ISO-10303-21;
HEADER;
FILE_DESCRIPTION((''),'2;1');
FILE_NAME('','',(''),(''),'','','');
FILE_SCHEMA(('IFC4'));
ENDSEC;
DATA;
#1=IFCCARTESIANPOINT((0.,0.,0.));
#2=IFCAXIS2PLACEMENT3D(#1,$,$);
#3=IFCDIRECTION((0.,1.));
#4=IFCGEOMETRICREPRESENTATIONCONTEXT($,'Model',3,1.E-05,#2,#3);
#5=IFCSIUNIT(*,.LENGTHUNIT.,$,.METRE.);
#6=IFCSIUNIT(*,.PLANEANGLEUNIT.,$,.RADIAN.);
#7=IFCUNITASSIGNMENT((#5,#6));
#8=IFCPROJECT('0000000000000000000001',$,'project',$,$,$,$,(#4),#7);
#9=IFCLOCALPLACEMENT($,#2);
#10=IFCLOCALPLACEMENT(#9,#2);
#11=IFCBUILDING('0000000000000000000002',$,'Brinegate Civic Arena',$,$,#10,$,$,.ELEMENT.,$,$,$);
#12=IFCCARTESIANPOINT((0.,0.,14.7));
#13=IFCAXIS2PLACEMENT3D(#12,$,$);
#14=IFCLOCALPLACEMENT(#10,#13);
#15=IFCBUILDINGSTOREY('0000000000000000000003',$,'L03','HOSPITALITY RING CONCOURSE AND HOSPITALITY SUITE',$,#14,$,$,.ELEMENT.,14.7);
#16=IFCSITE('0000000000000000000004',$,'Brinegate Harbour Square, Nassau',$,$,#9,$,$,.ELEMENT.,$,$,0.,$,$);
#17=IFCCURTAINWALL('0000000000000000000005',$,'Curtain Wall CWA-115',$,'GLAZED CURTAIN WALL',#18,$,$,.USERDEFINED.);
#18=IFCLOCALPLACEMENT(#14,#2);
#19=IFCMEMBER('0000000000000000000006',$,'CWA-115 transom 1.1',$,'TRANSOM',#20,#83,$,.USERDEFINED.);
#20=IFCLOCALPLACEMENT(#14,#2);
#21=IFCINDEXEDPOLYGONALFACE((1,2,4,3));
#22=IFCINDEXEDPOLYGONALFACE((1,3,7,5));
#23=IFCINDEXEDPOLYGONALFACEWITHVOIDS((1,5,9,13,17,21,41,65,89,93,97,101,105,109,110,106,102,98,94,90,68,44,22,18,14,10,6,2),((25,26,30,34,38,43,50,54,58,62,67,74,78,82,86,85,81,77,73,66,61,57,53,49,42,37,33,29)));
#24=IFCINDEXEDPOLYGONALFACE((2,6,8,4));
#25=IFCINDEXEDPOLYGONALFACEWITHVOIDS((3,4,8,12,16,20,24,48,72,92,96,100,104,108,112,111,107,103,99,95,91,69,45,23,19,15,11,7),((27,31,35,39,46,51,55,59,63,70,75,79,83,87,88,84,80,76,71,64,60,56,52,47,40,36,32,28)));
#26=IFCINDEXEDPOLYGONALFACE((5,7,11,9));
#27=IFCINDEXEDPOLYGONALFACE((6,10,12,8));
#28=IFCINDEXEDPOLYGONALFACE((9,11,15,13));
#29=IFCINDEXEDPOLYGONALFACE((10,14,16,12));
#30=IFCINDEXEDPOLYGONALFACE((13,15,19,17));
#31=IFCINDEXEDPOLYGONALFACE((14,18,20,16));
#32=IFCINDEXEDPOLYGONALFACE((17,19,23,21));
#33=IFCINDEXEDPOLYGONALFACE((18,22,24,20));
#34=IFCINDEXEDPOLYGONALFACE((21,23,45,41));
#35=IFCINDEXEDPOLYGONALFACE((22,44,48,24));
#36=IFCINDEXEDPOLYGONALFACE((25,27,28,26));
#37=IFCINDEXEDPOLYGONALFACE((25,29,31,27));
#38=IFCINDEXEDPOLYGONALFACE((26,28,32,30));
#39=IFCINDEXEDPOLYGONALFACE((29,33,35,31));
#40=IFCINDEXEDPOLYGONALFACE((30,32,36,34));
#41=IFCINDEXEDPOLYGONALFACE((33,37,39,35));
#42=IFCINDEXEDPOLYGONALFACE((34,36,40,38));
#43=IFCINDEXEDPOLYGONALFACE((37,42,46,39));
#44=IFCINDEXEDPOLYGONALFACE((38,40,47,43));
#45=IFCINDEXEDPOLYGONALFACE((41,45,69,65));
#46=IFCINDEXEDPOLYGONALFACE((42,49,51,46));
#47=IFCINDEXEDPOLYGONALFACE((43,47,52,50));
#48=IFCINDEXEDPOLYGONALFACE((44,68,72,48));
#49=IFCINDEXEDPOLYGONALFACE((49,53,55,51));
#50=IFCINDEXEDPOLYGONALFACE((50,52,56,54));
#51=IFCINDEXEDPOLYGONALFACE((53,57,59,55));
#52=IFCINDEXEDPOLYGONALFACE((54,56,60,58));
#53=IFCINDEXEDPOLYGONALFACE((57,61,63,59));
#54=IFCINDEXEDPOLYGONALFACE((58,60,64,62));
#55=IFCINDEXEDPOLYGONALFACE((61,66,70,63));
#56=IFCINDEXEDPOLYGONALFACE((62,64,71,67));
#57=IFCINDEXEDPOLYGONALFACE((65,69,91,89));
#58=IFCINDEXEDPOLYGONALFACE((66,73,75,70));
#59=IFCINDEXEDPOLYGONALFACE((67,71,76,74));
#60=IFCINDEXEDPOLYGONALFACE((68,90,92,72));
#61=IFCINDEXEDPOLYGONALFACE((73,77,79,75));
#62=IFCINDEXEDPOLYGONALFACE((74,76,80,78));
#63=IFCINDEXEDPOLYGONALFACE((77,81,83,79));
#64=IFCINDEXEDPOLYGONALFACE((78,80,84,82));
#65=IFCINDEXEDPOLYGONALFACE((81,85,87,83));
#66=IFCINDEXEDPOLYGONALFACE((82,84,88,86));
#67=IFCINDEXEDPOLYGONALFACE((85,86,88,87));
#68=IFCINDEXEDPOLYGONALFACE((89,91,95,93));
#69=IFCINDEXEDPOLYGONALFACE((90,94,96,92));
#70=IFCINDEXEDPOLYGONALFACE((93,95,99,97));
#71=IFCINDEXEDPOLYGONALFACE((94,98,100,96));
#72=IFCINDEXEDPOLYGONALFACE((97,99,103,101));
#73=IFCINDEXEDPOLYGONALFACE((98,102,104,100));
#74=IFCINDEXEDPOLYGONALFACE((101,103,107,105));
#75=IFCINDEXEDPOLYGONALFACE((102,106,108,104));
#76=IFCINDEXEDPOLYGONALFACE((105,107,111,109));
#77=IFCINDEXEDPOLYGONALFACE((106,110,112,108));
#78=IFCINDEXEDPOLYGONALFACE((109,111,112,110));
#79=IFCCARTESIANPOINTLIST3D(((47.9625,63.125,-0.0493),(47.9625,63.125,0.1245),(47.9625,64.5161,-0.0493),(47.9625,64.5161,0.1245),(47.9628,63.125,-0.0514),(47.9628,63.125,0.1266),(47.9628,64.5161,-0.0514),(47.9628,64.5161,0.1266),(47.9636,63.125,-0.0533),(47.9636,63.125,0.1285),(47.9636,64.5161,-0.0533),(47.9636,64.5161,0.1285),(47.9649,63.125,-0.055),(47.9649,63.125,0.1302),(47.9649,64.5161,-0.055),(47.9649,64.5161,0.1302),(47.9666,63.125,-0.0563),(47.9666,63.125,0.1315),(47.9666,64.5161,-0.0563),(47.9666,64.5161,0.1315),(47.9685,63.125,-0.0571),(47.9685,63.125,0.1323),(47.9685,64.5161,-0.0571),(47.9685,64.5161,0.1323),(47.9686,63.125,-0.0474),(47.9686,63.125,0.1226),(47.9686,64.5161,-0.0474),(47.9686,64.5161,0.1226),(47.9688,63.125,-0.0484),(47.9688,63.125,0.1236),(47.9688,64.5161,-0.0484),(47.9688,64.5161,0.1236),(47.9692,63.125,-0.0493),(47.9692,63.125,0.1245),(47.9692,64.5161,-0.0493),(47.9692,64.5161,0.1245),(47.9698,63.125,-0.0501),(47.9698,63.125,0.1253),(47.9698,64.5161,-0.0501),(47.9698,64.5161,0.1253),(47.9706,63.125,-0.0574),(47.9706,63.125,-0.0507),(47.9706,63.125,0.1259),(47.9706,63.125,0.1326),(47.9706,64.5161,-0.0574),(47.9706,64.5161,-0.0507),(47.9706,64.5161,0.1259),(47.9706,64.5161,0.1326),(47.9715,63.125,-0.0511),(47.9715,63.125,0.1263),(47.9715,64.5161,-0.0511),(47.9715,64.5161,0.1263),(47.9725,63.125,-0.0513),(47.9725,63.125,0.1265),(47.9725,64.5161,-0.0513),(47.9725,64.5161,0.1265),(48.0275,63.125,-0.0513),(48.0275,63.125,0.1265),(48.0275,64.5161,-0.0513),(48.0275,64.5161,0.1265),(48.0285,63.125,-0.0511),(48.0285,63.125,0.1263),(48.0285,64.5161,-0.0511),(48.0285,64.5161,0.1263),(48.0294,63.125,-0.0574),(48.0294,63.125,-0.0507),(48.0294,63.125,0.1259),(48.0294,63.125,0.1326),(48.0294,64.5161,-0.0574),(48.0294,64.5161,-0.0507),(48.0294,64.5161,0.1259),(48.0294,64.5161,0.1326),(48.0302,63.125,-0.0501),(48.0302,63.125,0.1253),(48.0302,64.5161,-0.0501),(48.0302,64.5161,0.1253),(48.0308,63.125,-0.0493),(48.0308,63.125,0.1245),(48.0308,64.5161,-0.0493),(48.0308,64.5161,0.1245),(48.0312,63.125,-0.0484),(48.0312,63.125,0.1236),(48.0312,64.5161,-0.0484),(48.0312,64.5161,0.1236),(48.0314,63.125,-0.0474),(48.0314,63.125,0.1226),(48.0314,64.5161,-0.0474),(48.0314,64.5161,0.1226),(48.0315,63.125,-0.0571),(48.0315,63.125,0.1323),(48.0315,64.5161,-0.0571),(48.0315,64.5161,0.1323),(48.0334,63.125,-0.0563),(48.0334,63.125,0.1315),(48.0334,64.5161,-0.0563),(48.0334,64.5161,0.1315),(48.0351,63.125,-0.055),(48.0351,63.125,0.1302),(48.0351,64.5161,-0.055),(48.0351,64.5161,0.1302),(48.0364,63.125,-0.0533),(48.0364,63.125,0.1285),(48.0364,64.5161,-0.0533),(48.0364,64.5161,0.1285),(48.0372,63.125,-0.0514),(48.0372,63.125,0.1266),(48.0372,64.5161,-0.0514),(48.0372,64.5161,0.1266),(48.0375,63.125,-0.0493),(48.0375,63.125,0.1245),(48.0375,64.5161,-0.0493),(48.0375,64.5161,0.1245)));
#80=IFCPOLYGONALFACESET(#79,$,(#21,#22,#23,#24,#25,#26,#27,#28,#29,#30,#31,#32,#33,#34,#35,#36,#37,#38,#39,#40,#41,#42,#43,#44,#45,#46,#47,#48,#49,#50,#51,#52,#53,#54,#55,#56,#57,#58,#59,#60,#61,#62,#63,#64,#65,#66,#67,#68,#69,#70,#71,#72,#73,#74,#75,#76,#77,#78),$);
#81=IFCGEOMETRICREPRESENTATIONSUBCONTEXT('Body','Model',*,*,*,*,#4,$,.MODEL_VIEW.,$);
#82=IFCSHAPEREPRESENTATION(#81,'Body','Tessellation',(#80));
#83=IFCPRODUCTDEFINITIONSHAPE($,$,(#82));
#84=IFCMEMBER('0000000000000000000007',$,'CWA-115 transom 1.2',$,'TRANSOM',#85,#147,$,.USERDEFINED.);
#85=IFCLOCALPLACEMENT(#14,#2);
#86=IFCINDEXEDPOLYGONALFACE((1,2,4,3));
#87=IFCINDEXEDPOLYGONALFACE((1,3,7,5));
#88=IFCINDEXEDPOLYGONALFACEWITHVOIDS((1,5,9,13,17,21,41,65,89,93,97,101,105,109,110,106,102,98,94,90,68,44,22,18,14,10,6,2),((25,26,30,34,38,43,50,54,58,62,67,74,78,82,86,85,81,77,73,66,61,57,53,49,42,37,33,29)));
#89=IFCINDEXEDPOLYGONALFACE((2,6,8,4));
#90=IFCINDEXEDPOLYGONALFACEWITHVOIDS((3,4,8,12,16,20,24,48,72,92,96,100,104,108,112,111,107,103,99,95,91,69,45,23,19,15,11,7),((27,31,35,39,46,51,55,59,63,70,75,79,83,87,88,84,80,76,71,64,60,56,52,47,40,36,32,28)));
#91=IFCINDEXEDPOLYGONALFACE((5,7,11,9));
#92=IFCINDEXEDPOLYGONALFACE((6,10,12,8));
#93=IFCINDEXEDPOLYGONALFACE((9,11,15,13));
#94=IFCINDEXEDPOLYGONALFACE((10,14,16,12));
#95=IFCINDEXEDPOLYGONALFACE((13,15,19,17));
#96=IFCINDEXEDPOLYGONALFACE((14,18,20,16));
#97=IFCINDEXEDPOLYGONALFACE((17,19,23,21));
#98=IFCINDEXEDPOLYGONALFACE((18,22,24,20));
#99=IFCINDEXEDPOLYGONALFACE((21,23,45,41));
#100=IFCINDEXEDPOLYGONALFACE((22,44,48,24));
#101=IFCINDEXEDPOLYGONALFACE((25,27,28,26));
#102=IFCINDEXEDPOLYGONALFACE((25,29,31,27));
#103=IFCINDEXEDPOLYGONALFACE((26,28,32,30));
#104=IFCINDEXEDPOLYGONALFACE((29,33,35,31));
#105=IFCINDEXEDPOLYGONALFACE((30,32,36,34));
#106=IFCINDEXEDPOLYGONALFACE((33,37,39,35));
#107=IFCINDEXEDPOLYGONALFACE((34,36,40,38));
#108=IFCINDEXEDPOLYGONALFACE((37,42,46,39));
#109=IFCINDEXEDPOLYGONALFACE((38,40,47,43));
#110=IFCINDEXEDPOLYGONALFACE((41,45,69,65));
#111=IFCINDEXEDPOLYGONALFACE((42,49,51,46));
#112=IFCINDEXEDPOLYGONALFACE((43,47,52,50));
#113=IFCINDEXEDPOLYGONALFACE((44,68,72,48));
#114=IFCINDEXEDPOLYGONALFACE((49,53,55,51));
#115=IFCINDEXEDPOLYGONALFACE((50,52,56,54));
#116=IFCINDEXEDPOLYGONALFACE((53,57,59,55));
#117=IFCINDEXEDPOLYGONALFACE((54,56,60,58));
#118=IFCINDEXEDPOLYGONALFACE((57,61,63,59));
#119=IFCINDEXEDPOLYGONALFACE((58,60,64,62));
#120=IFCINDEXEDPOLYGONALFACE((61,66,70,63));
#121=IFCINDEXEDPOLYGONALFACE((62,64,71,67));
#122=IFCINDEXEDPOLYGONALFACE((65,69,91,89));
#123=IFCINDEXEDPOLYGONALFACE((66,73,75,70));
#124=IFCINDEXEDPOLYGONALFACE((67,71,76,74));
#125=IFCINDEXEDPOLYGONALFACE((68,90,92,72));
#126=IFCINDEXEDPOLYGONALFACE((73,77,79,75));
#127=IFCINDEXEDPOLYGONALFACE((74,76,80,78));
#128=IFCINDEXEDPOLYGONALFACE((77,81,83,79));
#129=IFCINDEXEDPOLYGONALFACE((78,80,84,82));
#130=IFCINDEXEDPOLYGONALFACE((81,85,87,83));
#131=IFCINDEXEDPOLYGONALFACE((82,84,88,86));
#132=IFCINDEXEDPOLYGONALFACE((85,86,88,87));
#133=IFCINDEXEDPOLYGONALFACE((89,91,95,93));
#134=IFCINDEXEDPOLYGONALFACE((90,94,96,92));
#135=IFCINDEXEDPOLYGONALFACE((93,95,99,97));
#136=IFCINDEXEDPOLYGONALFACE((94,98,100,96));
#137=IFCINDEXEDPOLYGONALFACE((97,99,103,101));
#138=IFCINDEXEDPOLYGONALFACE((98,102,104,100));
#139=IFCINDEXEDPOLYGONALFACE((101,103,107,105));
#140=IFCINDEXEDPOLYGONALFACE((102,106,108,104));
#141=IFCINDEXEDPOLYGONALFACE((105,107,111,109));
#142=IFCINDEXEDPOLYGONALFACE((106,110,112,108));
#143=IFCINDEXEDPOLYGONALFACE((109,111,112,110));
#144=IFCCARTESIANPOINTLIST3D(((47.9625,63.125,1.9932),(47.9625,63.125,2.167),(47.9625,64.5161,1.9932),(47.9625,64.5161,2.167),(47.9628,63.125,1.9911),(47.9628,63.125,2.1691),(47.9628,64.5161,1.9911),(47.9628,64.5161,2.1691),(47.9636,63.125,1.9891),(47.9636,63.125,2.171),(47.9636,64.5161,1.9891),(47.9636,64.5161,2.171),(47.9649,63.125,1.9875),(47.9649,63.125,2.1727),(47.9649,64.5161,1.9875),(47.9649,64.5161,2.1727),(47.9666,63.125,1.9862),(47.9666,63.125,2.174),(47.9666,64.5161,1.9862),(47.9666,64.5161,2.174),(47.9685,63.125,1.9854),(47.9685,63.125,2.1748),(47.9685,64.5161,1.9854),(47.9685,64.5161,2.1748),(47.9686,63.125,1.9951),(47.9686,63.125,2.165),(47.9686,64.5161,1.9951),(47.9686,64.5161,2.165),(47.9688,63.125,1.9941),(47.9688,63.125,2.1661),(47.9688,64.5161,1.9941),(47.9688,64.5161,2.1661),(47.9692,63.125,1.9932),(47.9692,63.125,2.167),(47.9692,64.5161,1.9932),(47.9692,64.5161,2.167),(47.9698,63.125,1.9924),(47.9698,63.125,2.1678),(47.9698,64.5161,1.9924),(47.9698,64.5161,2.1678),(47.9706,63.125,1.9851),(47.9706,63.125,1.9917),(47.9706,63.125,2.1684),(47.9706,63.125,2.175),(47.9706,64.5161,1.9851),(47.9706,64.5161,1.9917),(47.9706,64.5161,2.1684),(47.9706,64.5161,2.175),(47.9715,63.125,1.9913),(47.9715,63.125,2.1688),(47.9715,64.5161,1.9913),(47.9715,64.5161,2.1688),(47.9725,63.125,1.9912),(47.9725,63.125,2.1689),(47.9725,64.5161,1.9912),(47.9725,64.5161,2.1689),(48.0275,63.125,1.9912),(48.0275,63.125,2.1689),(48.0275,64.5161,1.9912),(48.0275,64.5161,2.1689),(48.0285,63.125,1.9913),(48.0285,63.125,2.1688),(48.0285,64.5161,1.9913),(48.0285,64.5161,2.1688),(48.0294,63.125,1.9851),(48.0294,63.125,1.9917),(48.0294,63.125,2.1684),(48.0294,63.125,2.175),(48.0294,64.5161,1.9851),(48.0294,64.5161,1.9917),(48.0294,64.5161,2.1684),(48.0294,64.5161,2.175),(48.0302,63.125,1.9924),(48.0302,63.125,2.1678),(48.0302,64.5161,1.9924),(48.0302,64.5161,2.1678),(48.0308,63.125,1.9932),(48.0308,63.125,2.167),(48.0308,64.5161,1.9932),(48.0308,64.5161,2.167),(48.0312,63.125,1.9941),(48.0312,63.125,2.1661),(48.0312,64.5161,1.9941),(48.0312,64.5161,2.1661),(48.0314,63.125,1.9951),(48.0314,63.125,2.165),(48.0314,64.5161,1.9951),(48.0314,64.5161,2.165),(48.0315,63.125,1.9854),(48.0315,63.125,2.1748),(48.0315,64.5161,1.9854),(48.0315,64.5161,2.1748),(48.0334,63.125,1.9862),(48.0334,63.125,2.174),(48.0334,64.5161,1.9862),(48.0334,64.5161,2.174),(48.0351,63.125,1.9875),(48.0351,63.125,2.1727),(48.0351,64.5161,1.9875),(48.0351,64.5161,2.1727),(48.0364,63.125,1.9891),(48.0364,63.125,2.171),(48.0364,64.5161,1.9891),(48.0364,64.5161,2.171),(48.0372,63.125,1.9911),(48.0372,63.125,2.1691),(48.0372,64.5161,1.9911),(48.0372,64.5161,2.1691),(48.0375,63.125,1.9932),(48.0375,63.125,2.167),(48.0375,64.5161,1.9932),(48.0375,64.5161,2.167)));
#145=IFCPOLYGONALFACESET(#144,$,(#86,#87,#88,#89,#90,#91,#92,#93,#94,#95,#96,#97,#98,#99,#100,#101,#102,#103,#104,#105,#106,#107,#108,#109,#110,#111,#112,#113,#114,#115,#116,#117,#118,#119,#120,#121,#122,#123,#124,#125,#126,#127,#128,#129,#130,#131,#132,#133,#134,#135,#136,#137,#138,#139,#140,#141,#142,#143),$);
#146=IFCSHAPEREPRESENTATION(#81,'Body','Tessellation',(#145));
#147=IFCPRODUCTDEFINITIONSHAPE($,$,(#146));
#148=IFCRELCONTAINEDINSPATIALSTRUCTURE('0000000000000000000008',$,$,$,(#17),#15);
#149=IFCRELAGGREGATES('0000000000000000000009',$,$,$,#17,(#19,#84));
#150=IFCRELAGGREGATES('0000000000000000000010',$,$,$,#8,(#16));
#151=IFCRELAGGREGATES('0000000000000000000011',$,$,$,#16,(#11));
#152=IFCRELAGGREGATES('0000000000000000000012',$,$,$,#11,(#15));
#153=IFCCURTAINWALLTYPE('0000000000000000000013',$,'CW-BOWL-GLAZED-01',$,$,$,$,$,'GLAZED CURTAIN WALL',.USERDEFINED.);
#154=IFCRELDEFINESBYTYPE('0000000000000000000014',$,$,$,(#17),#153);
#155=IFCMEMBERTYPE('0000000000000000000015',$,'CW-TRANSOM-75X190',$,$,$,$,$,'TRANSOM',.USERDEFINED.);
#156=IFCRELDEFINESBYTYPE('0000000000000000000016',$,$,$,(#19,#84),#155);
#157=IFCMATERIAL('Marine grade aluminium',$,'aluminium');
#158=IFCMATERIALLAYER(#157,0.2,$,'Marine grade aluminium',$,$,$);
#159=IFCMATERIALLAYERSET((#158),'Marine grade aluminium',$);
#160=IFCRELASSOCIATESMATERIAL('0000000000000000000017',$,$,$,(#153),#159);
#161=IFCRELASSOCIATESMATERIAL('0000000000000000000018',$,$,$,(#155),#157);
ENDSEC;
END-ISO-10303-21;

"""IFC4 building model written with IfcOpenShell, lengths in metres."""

from ifc_helpers import new_model, si_unit, direction, frame, origin, origin_2d, place, context, subcontext, project, spatial, hollow_rectangle, extrude, material, layer, layer_set, material_profile, profile_set, type_object, element, aggregate, save


model = new_model("IFC4")

# Units and contexts
model_context = context("Model", 3, precision=1e-05, world=origin(), true_north=direction((0.0, 1.0)))
body_context = subcontext(model_context, "Body", "Model", "MODEL_VIEW")
ifc_project = project(units=[si_unit("LENGTHUNIT", "METRE"), si_unit("PLANEANGLEUNIT", "RADIAN")], contexts=[model_context])

# Site, building, storey
site_placement = place(None, origin())
site = spatial("IfcSite", under=ifc_project, at=site_placement, Name="Brinegate Harbour Square, Nassau", CompositionType="ELEMENT", RefElevation=0.0)
building_placement = place(site_placement, origin())
building = spatial("IfcBuilding", under=site, at=building_placement, Name="Brinegate Civic Arena", CompositionType="ELEMENT")
storey_placement = place(building_placement, frame((0.0, 0.0, 14.7)))
storey = spatial("IfcBuildingStorey", under=building, at=storey_placement, Name="L03", Description="HOSPITALITY RING CONCOURSE AND HOSPITALITY SUITE", CompositionType="ELEMENT", Elevation=14.7)

# Curtain wall
ifc_material_1 = material(Name="Marine grade aluminium", Category="aluminium")
ifc_layer_1 = layer(ifc_material_1, 0.2, Name="Marine grade aluminium")
ifc_layer_set_1 = layer_set([ifc_layer_1], Name="Marine grade aluminium")
curtain_wall_type = type_object("IfcCurtainWallType", Name="CW-BOWL-GLAZED-01", ElementType="GLAZED CURTAIN WALL", PredefinedType="USERDEFINED", material=ifc_layer_set_1)
curtain_wall_1_placement = place(storey_placement, origin())
curtain_wall_1 = element("IfcCurtainWall", 1, at=curtain_wall_1_placement, inside=storey, type_object=curtain_wall_type, Name="Curtain Wall CWA-115", ObjectType="GLAZED CURTAIN WALL", PredefinedType="USERDEFINED")

# Members
ifc_material_profile_1 = material_profile(ifc_material_1, hollow_rectangle(XDim=0.075, YDim=0.1899, WallThickness=0.0061, InnerFilletRadius=0.0039, OuterFilletRadius=0.0081, at=origin_2d()), Name="TRN75X190")
ifc_profile_set_1 = profile_set([ifc_material_profile_1], Name="Marine grade aluminium")
member_type_1 = type_object("IfcMemberType", Name="CW-TRANSOM-75X190", ElementType="TRANSOM", PredefinedType="USERDEFINED", material=ifc_profile_set_1)
member_1_placement = place(storey_placement, frame((48.0, 63.125, 0.0376), z_axis=(0.0, 1.0, 0.0), x_axis=(-1.0, 0.0, 0.0)))
member_1 = element("IfcMember", 2, at=member_1_placement, type_object=member_type_1, Name="CWA-115 transom 1.1", ObjectType="TRANSOM", PredefinedType="USERDEFINED", context=body_context, shape_type="SweptSolid", body=[
    extrude(hollow_rectangle(XDim=0.075, YDim=0.1899, WallThickness=0.0061, InnerFilletRadius=0.0039, OuterFilletRadius=0.0081, at=origin_2d()), origin(), (0.0, 0.0, 1.0), 1.3911),
])
member_2_placement = place(storey_placement, frame((48.0, 63.125, 2.0801), z_axis=(0.0, 1.0, 0.0), x_axis=(-1.0, 0.0, 0.0)))
member_2 = element("IfcMember", 3, at=member_2_placement, type_object=member_type_1, Name="CWA-115 transom 1.2", ObjectType="TRANSOM", PredefinedType="USERDEFINED", context=body_context, shape_type="SweptSolid", body=[
    extrude(hollow_rectangle(XDim=0.075, YDim=0.1899, WallThickness=0.0061, InnerFilletRadius=0.0039, OuterFilletRadius=0.0081, at=origin_2d()), origin(), (0.0, 0.0, 1.0), 1.3911),
])

aggregate(curtain_wall_1, [member_1, member_2])

save(model, "model.ifc")
